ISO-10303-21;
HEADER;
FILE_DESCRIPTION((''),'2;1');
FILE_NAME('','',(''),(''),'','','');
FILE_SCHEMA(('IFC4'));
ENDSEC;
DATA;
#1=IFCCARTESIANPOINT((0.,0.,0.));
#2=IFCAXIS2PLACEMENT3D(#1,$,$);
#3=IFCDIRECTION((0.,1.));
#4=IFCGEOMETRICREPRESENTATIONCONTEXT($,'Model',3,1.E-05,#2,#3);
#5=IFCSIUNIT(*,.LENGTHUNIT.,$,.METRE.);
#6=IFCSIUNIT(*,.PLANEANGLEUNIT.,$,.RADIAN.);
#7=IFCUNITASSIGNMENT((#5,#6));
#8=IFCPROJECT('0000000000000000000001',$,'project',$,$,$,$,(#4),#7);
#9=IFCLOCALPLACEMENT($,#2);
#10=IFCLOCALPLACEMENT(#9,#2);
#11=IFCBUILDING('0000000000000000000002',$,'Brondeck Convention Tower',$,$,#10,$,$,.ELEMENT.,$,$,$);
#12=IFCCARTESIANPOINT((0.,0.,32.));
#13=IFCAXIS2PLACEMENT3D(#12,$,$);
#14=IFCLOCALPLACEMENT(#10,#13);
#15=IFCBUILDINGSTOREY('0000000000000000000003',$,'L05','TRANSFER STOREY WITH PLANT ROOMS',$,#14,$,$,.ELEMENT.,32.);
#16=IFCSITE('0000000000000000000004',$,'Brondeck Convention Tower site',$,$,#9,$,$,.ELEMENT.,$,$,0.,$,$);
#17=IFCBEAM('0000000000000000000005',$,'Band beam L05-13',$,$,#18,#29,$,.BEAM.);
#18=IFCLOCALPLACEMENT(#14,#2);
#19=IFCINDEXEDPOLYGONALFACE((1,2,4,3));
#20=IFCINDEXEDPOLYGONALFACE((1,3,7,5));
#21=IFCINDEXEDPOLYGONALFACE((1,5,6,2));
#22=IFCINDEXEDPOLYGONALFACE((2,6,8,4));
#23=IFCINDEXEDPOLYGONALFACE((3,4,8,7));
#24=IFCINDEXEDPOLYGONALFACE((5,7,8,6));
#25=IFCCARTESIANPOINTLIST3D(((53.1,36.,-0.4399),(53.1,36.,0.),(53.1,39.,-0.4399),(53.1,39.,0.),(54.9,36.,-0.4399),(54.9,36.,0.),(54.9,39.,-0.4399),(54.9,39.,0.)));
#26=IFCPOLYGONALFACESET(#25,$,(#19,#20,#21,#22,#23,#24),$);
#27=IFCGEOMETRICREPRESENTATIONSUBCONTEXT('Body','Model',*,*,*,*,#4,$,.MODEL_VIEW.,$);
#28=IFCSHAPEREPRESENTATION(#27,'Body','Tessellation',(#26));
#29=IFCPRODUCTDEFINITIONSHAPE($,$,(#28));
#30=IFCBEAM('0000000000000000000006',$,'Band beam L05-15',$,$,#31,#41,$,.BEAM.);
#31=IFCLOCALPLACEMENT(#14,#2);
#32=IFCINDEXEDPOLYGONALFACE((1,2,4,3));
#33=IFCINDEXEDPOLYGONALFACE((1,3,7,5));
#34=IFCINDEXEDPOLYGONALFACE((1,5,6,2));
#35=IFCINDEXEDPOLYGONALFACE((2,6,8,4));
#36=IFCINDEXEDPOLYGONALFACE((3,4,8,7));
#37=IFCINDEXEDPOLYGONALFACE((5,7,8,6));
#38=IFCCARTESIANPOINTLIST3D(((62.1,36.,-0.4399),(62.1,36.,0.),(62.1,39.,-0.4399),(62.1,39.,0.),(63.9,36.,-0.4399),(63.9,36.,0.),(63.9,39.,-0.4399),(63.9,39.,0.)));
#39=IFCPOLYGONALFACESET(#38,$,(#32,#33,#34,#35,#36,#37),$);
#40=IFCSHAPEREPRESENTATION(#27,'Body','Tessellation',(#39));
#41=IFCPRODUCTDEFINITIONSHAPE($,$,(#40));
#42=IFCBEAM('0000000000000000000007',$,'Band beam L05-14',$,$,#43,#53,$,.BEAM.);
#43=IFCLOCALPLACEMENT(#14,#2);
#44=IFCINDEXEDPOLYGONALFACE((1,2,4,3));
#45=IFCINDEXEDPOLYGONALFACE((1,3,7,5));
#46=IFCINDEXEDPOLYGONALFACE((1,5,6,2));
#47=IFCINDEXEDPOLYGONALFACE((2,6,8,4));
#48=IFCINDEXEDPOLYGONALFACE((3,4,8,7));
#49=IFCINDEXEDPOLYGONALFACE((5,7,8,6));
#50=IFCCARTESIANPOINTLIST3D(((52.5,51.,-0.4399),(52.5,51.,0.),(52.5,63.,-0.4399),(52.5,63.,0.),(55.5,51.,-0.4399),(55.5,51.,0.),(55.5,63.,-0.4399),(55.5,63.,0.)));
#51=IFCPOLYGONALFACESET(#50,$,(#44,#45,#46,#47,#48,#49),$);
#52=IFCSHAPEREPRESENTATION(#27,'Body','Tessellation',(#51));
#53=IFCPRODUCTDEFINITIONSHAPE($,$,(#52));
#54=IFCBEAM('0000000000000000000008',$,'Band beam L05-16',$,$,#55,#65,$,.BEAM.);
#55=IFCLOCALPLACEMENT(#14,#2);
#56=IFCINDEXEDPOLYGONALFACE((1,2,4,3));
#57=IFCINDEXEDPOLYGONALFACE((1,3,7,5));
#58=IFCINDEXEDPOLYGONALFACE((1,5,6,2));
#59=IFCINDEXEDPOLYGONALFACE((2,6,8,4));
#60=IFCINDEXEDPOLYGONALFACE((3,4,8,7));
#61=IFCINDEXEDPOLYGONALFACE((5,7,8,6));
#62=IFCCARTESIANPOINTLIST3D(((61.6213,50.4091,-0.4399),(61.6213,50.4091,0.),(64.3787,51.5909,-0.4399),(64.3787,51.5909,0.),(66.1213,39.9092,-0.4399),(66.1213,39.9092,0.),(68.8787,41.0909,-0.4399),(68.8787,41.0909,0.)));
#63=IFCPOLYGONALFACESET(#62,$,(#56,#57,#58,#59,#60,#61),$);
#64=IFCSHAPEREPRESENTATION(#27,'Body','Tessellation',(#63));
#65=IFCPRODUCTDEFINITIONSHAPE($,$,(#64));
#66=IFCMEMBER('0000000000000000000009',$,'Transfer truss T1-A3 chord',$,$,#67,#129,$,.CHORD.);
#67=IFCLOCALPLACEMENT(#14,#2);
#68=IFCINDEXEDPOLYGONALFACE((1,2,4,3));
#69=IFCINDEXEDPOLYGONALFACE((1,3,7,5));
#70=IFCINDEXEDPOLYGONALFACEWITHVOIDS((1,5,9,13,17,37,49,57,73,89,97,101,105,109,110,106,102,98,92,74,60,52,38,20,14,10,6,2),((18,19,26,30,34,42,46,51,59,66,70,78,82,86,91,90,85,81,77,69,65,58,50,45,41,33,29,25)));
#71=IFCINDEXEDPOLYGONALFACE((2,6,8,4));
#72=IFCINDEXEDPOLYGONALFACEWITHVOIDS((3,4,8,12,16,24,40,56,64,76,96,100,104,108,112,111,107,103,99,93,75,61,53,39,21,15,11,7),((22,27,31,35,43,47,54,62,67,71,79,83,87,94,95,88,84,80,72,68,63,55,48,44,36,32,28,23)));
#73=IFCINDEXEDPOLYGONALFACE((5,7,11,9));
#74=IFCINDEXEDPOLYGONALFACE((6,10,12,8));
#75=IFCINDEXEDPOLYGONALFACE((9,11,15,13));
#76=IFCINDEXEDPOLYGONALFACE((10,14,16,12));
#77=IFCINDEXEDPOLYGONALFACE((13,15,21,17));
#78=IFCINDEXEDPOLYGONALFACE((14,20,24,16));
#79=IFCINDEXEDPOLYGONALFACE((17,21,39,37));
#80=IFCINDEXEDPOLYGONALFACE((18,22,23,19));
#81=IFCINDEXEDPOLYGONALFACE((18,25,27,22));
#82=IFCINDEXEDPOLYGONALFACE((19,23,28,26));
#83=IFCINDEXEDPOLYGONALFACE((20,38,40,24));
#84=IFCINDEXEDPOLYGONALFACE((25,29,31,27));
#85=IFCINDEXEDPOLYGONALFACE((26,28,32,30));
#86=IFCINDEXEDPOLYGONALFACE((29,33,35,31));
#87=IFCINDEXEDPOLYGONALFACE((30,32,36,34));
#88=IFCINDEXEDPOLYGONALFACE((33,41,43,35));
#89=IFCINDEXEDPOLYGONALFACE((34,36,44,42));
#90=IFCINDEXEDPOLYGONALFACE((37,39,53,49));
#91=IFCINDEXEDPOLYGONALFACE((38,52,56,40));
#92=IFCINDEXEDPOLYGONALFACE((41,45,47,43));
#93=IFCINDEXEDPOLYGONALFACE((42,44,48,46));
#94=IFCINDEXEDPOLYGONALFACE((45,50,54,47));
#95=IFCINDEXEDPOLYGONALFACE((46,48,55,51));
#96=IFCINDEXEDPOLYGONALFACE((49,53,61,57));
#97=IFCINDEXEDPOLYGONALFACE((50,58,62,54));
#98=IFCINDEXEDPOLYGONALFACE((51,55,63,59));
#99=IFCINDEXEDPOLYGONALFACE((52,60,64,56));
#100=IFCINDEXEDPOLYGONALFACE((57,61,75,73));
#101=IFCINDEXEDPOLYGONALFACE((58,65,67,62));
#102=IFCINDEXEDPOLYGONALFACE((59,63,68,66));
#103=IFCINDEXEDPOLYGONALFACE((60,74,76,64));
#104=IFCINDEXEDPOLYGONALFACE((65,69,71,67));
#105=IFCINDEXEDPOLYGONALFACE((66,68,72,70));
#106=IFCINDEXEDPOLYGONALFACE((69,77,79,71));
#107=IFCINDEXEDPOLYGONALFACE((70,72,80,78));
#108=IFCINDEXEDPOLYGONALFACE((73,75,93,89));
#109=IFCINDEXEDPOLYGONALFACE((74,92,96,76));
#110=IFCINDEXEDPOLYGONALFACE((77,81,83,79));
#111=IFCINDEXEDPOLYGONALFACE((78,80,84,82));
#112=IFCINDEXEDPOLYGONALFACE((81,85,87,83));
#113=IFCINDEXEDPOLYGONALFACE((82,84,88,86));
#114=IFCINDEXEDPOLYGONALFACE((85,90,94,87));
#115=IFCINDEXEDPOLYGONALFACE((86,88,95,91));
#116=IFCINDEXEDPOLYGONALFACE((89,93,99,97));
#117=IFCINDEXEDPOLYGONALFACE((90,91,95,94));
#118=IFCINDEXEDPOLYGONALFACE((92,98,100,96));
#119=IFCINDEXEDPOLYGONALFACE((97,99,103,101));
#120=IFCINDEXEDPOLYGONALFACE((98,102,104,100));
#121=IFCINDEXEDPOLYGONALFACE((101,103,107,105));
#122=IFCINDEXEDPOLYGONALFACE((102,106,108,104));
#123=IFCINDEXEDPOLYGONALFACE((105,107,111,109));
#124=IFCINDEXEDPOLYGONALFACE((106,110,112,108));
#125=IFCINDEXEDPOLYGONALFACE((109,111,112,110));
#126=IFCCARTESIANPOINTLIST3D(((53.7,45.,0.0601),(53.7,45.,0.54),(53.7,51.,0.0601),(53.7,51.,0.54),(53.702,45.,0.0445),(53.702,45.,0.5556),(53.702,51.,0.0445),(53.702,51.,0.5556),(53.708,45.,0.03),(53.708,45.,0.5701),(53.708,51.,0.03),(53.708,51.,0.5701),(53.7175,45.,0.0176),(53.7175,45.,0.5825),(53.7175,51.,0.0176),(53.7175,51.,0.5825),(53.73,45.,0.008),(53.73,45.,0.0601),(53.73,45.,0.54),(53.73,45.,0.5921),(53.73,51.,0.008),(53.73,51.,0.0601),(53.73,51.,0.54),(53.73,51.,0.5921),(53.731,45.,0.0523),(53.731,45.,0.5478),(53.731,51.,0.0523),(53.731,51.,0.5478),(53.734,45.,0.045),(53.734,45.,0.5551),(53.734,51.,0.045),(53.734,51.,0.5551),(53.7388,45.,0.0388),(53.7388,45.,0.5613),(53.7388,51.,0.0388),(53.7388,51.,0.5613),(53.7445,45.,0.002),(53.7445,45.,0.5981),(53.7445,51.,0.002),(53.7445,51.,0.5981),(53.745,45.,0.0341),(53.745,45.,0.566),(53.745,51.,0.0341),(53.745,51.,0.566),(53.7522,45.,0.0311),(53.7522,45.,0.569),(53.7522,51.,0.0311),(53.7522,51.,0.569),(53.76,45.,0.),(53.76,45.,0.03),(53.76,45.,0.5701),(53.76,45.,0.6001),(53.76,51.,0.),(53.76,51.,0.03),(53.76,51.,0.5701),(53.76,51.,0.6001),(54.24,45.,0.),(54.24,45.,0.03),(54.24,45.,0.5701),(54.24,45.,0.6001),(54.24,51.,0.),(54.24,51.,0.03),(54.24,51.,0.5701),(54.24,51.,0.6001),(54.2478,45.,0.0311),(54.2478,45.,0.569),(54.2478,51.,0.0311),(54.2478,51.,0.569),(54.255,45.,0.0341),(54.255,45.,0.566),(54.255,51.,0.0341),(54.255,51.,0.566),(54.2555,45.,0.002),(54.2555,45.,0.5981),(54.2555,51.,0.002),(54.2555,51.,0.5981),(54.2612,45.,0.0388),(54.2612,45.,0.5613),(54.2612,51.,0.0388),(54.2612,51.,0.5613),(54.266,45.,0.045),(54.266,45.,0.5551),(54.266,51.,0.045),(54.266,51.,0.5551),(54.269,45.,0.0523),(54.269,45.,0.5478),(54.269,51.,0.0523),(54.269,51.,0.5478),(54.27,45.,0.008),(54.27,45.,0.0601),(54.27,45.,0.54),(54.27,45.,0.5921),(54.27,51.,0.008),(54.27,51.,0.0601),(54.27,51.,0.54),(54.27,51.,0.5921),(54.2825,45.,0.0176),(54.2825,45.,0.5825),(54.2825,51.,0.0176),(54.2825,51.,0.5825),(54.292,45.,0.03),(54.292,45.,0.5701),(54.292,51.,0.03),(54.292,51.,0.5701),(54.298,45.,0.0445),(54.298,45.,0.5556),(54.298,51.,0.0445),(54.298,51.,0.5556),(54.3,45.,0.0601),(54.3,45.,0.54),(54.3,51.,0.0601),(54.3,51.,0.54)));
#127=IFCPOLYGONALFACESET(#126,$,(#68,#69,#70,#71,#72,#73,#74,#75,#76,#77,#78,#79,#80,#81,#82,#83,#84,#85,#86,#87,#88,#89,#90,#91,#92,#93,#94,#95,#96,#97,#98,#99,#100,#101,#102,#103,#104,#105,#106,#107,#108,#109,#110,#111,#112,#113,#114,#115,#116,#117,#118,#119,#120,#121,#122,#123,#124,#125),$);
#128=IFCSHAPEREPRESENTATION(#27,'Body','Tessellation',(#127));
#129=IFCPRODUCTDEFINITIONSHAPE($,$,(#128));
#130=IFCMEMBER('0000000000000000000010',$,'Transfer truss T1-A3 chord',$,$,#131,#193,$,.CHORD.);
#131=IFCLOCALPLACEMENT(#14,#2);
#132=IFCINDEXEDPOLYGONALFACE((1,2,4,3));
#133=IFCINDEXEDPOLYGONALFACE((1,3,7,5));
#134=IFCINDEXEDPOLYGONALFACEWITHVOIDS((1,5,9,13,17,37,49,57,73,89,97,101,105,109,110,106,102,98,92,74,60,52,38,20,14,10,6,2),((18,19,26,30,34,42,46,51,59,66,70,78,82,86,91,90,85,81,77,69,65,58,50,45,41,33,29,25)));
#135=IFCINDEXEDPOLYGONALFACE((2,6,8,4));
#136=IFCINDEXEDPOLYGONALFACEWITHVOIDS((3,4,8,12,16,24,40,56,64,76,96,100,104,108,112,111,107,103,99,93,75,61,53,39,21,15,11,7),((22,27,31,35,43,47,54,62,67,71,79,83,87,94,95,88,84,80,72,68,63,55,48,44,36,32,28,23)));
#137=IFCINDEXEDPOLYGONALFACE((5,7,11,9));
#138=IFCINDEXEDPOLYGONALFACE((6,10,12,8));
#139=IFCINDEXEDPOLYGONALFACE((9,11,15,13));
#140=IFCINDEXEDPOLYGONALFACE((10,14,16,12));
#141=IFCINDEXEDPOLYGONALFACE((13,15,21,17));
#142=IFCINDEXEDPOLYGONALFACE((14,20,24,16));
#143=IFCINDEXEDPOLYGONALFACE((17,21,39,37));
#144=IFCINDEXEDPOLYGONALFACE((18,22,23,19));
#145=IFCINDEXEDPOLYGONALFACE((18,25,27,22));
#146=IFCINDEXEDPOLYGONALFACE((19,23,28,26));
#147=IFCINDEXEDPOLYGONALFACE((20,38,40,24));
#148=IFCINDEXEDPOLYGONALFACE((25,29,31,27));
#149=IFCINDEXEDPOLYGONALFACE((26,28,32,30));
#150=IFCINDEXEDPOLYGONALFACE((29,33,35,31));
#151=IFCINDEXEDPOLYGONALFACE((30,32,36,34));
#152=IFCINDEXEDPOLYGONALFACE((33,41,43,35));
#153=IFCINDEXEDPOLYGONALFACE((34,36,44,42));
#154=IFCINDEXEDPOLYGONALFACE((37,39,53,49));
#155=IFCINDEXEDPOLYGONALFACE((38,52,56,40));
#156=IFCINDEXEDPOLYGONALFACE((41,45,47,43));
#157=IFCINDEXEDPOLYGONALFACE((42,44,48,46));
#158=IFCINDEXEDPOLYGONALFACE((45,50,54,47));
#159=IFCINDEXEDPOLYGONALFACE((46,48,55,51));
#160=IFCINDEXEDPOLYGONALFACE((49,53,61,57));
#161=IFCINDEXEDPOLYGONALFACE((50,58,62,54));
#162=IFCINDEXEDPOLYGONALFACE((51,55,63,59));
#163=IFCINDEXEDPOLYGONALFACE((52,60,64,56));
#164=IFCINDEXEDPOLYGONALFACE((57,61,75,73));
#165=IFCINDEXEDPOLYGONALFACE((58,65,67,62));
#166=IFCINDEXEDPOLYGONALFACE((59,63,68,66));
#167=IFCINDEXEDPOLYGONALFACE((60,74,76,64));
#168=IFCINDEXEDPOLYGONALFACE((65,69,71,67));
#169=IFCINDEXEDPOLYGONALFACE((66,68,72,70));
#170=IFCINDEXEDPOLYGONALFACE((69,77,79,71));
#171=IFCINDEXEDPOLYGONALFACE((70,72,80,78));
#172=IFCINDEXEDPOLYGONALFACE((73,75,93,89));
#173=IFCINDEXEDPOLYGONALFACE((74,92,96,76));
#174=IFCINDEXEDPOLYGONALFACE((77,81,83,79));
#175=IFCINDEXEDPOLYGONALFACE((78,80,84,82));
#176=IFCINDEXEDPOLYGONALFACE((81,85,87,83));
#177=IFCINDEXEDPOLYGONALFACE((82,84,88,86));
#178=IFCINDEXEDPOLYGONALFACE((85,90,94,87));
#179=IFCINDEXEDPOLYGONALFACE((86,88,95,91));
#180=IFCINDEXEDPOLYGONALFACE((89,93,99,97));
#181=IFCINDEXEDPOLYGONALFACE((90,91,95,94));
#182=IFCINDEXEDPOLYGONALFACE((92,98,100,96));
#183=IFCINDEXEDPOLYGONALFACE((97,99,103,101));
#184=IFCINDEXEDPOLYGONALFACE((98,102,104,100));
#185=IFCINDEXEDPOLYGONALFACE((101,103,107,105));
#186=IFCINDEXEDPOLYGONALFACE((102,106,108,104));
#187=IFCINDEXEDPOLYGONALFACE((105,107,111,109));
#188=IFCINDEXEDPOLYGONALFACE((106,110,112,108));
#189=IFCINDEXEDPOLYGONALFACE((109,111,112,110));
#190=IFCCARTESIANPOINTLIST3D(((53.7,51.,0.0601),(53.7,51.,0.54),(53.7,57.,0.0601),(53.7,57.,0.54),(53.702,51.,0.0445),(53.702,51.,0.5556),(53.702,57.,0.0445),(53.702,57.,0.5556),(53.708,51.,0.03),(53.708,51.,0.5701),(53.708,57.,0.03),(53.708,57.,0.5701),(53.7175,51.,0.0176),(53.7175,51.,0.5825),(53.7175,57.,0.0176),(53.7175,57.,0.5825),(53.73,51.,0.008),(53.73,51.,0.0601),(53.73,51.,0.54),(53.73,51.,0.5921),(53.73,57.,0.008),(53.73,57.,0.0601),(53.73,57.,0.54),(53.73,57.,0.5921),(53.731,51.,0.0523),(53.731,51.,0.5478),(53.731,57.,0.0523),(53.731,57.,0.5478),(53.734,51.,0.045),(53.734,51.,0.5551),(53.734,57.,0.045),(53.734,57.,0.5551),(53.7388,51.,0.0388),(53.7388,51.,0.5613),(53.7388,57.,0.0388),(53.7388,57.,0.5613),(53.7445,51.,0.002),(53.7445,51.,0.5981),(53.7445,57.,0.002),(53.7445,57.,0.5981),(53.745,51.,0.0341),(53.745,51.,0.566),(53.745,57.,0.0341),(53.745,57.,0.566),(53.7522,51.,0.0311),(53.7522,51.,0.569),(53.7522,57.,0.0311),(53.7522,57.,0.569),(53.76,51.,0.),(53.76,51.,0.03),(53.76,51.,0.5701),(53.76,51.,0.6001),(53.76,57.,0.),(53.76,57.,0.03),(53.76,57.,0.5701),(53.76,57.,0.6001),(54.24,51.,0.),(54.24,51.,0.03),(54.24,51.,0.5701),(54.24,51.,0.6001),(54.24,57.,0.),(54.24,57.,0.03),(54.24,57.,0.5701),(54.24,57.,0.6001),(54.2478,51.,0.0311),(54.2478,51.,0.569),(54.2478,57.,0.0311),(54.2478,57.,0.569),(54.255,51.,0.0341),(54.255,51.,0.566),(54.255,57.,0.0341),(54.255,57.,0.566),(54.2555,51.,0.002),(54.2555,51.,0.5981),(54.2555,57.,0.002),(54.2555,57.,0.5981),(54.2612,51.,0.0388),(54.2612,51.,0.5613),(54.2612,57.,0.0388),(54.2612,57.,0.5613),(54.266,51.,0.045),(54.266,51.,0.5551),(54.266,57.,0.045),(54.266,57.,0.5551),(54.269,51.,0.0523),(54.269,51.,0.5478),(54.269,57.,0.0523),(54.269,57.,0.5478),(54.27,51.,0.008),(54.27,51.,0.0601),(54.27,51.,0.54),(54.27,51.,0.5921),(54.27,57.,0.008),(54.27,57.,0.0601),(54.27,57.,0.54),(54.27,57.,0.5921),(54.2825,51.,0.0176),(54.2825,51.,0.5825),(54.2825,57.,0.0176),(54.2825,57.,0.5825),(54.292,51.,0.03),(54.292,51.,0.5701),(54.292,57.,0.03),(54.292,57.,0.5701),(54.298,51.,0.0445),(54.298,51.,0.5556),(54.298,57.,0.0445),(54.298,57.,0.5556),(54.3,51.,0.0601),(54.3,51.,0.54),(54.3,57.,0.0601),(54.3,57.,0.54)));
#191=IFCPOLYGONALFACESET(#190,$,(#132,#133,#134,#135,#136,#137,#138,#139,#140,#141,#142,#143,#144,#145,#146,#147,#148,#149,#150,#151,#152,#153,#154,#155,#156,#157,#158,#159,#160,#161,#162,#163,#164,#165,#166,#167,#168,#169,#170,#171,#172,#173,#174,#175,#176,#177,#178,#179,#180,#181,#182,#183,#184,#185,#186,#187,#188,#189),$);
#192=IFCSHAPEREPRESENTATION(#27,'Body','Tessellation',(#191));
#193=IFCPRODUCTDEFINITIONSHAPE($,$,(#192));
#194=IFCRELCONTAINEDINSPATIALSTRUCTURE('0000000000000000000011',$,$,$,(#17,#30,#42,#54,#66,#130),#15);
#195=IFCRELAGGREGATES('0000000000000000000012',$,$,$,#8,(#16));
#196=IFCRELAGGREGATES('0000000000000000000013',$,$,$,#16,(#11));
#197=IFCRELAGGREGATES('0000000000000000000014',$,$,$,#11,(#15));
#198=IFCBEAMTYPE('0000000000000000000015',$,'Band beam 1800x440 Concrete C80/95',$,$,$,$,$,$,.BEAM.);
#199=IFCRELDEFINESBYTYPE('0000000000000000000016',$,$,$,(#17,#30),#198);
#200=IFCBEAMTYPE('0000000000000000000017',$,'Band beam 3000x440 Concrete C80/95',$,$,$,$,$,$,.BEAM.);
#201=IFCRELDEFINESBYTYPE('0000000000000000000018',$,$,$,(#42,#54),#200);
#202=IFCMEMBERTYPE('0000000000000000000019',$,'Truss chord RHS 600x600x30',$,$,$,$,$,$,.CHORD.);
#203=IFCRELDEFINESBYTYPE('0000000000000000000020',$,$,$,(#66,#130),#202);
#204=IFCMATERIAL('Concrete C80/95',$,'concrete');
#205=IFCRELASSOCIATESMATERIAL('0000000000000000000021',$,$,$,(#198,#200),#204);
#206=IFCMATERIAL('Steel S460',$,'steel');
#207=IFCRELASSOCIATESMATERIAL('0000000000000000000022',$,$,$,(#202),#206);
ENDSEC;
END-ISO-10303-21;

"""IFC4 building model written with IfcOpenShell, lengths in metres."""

from ifc_helpers import new_model, si_unit, direction, frame, origin, origin_2d, place, context, subcontext, project, spatial, rectangle, hollow_rectangle, extrude, material, material_profile, profile_set, type_object, element, save


model = new_model("IFC4")

# Units and contexts
model_context = context("Model", 3, precision=1e-05, world=origin(), true_north=direction((0.0, 1.0)))
body_context = subcontext(model_context, "Body", "Model", "MODEL_VIEW")
ifc_project = project(units=[si_unit("LENGTHUNIT", "METRE"), si_unit("PLANEANGLEUNIT", "RADIAN")], contexts=[model_context])

# Site, building, storey
site_placement = place(None, origin())
site = spatial("IfcSite", under=ifc_project, at=site_placement, Name="Brondeck Convention Tower site", CompositionType="ELEMENT", RefElevation=0.0)
building_placement = place(site_placement, origin())
building = spatial("IfcBuilding", under=site, at=building_placement, Name="Brondeck Convention Tower", CompositionType="ELEMENT")
storey_placement = place(building_placement, frame((0.0, 0.0, 32.0)))
storey = spatial("IfcBuildingStorey", under=building, at=storey_placement, Name="L05", Description="TRANSFER STOREY WITH PLANT ROOMS", CompositionType="ELEMENT", Elevation=32.0)

# Shared definitions
ifc_material_1 = material(Name="Steel S460", Category="steel")

# Beams
ifc_material_2 = material(Name="Concrete C80/95", Category="concrete")
ifc_material_profile_1 = material_profile(ifc_material_2, rectangle(XDim=1.8, YDim=0.4399, at=origin_2d()), Name="Band beam 1800x440 Concrete C80/95")
ifc_profile_set_1 = profile_set([ifc_material_profile_1], Name="Concrete C80/95")
beam_type_1 = type_object("IfcBeamType", Name="Band beam 1800x440 Concrete C80/95", PredefinedType="BEAM", material=ifc_profile_set_1)
for number, where, z_axis, x_axis, name in (
    (1, (54.0, 39.0, -0.22), (0.0, -1.0, 0.0), (1.0, 0.0, 0.0), "Band beam L05-13"),
    (2, (63.0, 39.0, -0.22), (0.0, -1.0, 0.0), (1.0, 0.0, 0.0), "Band beam L05-15"),
):
    element("IfcBeam", number, at=place(storey_placement, frame(where, z_axis=z_axis, x_axis=x_axis)), inside=storey, type_object=beam_type_1, Name=name, PredefinedType="BEAM", context=body_context, shape_type="SweptSolid", body=[
        extrude(rectangle(XDim=1.8, YDim=0.4399, at=origin_2d()), origin(), (0.0, 0.0, 1.0), 3.0),
    ])
ifc_material_profile_2 = material_profile(ifc_material_2, rectangle(XDim=3.0, YDim=0.4399, at=origin_2d()), Name="Band beam 3000x440 Concrete C80/95")
ifc_profile_set_2 = profile_set([ifc_material_profile_2], Name="Concrete C80/95")
beam_type_2 = type_object("IfcBeamType", Name="Band beam 3000x440 Concrete C80/95", PredefinedType="BEAM", material=ifc_profile_set_2)
beam_1_placement = place(storey_placement, frame((54.0, 51.0, -0.22), z_axis=(0.0, 1.0, 0.0), x_axis=(-1.0, 0.0, 0.0)))
element("IfcBeam", 3, at=beam_1_placement, inside=storey, type_object=beam_type_2, Name="Band beam L05-14", PredefinedType="BEAM", context=body_context, shape_type="SweptSolid", body=[
    extrude(rectangle(XDim=3.0, YDim=0.4399, at=origin_2d()), origin(), (0.0, 0.0, 1.0), 12.0),
])
beam_2_placement = place(storey_placement, frame((63.0, 51.0, -0.22), z_axis=(0.393919, -0.919145, 0.0), x_axis=(0.919145, 0.393919, 0.0)))
element("IfcBeam", 4, at=beam_2_placement, inside=storey, type_object=beam_type_2, Name="Band beam L05-16", PredefinedType="BEAM", context=body_context, shape_type="SweptSolid", body=[
    extrude(rectangle(XDim=3.0, YDim=0.4399, at=origin_2d()), origin(), (0.0, 0.0, 1.0), 11.4236),
])

# Members
ifc_material_profile_3 = material_profile(ifc_material_1, hollow_rectangle(XDim=0.6001, YDim=0.6001, WallThickness=0.03, InnerFilletRadius=0.03, OuterFilletRadius=0.0601, at=origin_2d()), Name="RHS 600x600x30")
ifc_profile_set_3 = profile_set([ifc_material_profile_3], Name="Steel S460")
member_type_1 = type_object("IfcMemberType", Name="Truss chord RHS 600x600x30", PredefinedType="CHORD", material=ifc_profile_set_3)
for number, where, z_axis, x_axis, name in (
    (5, (54.0, 45.0, 0.3), (0.0, 1.0, 0.0), (-1.0, 0.0, 0.0), "Transfer truss T1-A3 chord"),
    (6, (54.0, 51.0, 0.3), (0.0, 1.0, 0.0), (-1.0, 0.0, 0.0), "Transfer truss T1-A3 chord"),
):
    element("IfcMember", number, at=place(storey_placement, frame(where, z_axis=z_axis, x_axis=x_axis)), inside=storey, type_object=member_type_1, Name=name, PredefinedType="CHORD", context=body_context, shape_type="SweptSolid", body=[
        extrude(hollow_rectangle(XDim=0.6001, YDim=0.6001, WallThickness=0.03, InnerFilletRadius=0.03, OuterFilletRadius=0.0601, at=origin_2d()), origin(), (0.0, 0.0, 1.0), 6.0),
    ])

save(model, "model.ifc")
